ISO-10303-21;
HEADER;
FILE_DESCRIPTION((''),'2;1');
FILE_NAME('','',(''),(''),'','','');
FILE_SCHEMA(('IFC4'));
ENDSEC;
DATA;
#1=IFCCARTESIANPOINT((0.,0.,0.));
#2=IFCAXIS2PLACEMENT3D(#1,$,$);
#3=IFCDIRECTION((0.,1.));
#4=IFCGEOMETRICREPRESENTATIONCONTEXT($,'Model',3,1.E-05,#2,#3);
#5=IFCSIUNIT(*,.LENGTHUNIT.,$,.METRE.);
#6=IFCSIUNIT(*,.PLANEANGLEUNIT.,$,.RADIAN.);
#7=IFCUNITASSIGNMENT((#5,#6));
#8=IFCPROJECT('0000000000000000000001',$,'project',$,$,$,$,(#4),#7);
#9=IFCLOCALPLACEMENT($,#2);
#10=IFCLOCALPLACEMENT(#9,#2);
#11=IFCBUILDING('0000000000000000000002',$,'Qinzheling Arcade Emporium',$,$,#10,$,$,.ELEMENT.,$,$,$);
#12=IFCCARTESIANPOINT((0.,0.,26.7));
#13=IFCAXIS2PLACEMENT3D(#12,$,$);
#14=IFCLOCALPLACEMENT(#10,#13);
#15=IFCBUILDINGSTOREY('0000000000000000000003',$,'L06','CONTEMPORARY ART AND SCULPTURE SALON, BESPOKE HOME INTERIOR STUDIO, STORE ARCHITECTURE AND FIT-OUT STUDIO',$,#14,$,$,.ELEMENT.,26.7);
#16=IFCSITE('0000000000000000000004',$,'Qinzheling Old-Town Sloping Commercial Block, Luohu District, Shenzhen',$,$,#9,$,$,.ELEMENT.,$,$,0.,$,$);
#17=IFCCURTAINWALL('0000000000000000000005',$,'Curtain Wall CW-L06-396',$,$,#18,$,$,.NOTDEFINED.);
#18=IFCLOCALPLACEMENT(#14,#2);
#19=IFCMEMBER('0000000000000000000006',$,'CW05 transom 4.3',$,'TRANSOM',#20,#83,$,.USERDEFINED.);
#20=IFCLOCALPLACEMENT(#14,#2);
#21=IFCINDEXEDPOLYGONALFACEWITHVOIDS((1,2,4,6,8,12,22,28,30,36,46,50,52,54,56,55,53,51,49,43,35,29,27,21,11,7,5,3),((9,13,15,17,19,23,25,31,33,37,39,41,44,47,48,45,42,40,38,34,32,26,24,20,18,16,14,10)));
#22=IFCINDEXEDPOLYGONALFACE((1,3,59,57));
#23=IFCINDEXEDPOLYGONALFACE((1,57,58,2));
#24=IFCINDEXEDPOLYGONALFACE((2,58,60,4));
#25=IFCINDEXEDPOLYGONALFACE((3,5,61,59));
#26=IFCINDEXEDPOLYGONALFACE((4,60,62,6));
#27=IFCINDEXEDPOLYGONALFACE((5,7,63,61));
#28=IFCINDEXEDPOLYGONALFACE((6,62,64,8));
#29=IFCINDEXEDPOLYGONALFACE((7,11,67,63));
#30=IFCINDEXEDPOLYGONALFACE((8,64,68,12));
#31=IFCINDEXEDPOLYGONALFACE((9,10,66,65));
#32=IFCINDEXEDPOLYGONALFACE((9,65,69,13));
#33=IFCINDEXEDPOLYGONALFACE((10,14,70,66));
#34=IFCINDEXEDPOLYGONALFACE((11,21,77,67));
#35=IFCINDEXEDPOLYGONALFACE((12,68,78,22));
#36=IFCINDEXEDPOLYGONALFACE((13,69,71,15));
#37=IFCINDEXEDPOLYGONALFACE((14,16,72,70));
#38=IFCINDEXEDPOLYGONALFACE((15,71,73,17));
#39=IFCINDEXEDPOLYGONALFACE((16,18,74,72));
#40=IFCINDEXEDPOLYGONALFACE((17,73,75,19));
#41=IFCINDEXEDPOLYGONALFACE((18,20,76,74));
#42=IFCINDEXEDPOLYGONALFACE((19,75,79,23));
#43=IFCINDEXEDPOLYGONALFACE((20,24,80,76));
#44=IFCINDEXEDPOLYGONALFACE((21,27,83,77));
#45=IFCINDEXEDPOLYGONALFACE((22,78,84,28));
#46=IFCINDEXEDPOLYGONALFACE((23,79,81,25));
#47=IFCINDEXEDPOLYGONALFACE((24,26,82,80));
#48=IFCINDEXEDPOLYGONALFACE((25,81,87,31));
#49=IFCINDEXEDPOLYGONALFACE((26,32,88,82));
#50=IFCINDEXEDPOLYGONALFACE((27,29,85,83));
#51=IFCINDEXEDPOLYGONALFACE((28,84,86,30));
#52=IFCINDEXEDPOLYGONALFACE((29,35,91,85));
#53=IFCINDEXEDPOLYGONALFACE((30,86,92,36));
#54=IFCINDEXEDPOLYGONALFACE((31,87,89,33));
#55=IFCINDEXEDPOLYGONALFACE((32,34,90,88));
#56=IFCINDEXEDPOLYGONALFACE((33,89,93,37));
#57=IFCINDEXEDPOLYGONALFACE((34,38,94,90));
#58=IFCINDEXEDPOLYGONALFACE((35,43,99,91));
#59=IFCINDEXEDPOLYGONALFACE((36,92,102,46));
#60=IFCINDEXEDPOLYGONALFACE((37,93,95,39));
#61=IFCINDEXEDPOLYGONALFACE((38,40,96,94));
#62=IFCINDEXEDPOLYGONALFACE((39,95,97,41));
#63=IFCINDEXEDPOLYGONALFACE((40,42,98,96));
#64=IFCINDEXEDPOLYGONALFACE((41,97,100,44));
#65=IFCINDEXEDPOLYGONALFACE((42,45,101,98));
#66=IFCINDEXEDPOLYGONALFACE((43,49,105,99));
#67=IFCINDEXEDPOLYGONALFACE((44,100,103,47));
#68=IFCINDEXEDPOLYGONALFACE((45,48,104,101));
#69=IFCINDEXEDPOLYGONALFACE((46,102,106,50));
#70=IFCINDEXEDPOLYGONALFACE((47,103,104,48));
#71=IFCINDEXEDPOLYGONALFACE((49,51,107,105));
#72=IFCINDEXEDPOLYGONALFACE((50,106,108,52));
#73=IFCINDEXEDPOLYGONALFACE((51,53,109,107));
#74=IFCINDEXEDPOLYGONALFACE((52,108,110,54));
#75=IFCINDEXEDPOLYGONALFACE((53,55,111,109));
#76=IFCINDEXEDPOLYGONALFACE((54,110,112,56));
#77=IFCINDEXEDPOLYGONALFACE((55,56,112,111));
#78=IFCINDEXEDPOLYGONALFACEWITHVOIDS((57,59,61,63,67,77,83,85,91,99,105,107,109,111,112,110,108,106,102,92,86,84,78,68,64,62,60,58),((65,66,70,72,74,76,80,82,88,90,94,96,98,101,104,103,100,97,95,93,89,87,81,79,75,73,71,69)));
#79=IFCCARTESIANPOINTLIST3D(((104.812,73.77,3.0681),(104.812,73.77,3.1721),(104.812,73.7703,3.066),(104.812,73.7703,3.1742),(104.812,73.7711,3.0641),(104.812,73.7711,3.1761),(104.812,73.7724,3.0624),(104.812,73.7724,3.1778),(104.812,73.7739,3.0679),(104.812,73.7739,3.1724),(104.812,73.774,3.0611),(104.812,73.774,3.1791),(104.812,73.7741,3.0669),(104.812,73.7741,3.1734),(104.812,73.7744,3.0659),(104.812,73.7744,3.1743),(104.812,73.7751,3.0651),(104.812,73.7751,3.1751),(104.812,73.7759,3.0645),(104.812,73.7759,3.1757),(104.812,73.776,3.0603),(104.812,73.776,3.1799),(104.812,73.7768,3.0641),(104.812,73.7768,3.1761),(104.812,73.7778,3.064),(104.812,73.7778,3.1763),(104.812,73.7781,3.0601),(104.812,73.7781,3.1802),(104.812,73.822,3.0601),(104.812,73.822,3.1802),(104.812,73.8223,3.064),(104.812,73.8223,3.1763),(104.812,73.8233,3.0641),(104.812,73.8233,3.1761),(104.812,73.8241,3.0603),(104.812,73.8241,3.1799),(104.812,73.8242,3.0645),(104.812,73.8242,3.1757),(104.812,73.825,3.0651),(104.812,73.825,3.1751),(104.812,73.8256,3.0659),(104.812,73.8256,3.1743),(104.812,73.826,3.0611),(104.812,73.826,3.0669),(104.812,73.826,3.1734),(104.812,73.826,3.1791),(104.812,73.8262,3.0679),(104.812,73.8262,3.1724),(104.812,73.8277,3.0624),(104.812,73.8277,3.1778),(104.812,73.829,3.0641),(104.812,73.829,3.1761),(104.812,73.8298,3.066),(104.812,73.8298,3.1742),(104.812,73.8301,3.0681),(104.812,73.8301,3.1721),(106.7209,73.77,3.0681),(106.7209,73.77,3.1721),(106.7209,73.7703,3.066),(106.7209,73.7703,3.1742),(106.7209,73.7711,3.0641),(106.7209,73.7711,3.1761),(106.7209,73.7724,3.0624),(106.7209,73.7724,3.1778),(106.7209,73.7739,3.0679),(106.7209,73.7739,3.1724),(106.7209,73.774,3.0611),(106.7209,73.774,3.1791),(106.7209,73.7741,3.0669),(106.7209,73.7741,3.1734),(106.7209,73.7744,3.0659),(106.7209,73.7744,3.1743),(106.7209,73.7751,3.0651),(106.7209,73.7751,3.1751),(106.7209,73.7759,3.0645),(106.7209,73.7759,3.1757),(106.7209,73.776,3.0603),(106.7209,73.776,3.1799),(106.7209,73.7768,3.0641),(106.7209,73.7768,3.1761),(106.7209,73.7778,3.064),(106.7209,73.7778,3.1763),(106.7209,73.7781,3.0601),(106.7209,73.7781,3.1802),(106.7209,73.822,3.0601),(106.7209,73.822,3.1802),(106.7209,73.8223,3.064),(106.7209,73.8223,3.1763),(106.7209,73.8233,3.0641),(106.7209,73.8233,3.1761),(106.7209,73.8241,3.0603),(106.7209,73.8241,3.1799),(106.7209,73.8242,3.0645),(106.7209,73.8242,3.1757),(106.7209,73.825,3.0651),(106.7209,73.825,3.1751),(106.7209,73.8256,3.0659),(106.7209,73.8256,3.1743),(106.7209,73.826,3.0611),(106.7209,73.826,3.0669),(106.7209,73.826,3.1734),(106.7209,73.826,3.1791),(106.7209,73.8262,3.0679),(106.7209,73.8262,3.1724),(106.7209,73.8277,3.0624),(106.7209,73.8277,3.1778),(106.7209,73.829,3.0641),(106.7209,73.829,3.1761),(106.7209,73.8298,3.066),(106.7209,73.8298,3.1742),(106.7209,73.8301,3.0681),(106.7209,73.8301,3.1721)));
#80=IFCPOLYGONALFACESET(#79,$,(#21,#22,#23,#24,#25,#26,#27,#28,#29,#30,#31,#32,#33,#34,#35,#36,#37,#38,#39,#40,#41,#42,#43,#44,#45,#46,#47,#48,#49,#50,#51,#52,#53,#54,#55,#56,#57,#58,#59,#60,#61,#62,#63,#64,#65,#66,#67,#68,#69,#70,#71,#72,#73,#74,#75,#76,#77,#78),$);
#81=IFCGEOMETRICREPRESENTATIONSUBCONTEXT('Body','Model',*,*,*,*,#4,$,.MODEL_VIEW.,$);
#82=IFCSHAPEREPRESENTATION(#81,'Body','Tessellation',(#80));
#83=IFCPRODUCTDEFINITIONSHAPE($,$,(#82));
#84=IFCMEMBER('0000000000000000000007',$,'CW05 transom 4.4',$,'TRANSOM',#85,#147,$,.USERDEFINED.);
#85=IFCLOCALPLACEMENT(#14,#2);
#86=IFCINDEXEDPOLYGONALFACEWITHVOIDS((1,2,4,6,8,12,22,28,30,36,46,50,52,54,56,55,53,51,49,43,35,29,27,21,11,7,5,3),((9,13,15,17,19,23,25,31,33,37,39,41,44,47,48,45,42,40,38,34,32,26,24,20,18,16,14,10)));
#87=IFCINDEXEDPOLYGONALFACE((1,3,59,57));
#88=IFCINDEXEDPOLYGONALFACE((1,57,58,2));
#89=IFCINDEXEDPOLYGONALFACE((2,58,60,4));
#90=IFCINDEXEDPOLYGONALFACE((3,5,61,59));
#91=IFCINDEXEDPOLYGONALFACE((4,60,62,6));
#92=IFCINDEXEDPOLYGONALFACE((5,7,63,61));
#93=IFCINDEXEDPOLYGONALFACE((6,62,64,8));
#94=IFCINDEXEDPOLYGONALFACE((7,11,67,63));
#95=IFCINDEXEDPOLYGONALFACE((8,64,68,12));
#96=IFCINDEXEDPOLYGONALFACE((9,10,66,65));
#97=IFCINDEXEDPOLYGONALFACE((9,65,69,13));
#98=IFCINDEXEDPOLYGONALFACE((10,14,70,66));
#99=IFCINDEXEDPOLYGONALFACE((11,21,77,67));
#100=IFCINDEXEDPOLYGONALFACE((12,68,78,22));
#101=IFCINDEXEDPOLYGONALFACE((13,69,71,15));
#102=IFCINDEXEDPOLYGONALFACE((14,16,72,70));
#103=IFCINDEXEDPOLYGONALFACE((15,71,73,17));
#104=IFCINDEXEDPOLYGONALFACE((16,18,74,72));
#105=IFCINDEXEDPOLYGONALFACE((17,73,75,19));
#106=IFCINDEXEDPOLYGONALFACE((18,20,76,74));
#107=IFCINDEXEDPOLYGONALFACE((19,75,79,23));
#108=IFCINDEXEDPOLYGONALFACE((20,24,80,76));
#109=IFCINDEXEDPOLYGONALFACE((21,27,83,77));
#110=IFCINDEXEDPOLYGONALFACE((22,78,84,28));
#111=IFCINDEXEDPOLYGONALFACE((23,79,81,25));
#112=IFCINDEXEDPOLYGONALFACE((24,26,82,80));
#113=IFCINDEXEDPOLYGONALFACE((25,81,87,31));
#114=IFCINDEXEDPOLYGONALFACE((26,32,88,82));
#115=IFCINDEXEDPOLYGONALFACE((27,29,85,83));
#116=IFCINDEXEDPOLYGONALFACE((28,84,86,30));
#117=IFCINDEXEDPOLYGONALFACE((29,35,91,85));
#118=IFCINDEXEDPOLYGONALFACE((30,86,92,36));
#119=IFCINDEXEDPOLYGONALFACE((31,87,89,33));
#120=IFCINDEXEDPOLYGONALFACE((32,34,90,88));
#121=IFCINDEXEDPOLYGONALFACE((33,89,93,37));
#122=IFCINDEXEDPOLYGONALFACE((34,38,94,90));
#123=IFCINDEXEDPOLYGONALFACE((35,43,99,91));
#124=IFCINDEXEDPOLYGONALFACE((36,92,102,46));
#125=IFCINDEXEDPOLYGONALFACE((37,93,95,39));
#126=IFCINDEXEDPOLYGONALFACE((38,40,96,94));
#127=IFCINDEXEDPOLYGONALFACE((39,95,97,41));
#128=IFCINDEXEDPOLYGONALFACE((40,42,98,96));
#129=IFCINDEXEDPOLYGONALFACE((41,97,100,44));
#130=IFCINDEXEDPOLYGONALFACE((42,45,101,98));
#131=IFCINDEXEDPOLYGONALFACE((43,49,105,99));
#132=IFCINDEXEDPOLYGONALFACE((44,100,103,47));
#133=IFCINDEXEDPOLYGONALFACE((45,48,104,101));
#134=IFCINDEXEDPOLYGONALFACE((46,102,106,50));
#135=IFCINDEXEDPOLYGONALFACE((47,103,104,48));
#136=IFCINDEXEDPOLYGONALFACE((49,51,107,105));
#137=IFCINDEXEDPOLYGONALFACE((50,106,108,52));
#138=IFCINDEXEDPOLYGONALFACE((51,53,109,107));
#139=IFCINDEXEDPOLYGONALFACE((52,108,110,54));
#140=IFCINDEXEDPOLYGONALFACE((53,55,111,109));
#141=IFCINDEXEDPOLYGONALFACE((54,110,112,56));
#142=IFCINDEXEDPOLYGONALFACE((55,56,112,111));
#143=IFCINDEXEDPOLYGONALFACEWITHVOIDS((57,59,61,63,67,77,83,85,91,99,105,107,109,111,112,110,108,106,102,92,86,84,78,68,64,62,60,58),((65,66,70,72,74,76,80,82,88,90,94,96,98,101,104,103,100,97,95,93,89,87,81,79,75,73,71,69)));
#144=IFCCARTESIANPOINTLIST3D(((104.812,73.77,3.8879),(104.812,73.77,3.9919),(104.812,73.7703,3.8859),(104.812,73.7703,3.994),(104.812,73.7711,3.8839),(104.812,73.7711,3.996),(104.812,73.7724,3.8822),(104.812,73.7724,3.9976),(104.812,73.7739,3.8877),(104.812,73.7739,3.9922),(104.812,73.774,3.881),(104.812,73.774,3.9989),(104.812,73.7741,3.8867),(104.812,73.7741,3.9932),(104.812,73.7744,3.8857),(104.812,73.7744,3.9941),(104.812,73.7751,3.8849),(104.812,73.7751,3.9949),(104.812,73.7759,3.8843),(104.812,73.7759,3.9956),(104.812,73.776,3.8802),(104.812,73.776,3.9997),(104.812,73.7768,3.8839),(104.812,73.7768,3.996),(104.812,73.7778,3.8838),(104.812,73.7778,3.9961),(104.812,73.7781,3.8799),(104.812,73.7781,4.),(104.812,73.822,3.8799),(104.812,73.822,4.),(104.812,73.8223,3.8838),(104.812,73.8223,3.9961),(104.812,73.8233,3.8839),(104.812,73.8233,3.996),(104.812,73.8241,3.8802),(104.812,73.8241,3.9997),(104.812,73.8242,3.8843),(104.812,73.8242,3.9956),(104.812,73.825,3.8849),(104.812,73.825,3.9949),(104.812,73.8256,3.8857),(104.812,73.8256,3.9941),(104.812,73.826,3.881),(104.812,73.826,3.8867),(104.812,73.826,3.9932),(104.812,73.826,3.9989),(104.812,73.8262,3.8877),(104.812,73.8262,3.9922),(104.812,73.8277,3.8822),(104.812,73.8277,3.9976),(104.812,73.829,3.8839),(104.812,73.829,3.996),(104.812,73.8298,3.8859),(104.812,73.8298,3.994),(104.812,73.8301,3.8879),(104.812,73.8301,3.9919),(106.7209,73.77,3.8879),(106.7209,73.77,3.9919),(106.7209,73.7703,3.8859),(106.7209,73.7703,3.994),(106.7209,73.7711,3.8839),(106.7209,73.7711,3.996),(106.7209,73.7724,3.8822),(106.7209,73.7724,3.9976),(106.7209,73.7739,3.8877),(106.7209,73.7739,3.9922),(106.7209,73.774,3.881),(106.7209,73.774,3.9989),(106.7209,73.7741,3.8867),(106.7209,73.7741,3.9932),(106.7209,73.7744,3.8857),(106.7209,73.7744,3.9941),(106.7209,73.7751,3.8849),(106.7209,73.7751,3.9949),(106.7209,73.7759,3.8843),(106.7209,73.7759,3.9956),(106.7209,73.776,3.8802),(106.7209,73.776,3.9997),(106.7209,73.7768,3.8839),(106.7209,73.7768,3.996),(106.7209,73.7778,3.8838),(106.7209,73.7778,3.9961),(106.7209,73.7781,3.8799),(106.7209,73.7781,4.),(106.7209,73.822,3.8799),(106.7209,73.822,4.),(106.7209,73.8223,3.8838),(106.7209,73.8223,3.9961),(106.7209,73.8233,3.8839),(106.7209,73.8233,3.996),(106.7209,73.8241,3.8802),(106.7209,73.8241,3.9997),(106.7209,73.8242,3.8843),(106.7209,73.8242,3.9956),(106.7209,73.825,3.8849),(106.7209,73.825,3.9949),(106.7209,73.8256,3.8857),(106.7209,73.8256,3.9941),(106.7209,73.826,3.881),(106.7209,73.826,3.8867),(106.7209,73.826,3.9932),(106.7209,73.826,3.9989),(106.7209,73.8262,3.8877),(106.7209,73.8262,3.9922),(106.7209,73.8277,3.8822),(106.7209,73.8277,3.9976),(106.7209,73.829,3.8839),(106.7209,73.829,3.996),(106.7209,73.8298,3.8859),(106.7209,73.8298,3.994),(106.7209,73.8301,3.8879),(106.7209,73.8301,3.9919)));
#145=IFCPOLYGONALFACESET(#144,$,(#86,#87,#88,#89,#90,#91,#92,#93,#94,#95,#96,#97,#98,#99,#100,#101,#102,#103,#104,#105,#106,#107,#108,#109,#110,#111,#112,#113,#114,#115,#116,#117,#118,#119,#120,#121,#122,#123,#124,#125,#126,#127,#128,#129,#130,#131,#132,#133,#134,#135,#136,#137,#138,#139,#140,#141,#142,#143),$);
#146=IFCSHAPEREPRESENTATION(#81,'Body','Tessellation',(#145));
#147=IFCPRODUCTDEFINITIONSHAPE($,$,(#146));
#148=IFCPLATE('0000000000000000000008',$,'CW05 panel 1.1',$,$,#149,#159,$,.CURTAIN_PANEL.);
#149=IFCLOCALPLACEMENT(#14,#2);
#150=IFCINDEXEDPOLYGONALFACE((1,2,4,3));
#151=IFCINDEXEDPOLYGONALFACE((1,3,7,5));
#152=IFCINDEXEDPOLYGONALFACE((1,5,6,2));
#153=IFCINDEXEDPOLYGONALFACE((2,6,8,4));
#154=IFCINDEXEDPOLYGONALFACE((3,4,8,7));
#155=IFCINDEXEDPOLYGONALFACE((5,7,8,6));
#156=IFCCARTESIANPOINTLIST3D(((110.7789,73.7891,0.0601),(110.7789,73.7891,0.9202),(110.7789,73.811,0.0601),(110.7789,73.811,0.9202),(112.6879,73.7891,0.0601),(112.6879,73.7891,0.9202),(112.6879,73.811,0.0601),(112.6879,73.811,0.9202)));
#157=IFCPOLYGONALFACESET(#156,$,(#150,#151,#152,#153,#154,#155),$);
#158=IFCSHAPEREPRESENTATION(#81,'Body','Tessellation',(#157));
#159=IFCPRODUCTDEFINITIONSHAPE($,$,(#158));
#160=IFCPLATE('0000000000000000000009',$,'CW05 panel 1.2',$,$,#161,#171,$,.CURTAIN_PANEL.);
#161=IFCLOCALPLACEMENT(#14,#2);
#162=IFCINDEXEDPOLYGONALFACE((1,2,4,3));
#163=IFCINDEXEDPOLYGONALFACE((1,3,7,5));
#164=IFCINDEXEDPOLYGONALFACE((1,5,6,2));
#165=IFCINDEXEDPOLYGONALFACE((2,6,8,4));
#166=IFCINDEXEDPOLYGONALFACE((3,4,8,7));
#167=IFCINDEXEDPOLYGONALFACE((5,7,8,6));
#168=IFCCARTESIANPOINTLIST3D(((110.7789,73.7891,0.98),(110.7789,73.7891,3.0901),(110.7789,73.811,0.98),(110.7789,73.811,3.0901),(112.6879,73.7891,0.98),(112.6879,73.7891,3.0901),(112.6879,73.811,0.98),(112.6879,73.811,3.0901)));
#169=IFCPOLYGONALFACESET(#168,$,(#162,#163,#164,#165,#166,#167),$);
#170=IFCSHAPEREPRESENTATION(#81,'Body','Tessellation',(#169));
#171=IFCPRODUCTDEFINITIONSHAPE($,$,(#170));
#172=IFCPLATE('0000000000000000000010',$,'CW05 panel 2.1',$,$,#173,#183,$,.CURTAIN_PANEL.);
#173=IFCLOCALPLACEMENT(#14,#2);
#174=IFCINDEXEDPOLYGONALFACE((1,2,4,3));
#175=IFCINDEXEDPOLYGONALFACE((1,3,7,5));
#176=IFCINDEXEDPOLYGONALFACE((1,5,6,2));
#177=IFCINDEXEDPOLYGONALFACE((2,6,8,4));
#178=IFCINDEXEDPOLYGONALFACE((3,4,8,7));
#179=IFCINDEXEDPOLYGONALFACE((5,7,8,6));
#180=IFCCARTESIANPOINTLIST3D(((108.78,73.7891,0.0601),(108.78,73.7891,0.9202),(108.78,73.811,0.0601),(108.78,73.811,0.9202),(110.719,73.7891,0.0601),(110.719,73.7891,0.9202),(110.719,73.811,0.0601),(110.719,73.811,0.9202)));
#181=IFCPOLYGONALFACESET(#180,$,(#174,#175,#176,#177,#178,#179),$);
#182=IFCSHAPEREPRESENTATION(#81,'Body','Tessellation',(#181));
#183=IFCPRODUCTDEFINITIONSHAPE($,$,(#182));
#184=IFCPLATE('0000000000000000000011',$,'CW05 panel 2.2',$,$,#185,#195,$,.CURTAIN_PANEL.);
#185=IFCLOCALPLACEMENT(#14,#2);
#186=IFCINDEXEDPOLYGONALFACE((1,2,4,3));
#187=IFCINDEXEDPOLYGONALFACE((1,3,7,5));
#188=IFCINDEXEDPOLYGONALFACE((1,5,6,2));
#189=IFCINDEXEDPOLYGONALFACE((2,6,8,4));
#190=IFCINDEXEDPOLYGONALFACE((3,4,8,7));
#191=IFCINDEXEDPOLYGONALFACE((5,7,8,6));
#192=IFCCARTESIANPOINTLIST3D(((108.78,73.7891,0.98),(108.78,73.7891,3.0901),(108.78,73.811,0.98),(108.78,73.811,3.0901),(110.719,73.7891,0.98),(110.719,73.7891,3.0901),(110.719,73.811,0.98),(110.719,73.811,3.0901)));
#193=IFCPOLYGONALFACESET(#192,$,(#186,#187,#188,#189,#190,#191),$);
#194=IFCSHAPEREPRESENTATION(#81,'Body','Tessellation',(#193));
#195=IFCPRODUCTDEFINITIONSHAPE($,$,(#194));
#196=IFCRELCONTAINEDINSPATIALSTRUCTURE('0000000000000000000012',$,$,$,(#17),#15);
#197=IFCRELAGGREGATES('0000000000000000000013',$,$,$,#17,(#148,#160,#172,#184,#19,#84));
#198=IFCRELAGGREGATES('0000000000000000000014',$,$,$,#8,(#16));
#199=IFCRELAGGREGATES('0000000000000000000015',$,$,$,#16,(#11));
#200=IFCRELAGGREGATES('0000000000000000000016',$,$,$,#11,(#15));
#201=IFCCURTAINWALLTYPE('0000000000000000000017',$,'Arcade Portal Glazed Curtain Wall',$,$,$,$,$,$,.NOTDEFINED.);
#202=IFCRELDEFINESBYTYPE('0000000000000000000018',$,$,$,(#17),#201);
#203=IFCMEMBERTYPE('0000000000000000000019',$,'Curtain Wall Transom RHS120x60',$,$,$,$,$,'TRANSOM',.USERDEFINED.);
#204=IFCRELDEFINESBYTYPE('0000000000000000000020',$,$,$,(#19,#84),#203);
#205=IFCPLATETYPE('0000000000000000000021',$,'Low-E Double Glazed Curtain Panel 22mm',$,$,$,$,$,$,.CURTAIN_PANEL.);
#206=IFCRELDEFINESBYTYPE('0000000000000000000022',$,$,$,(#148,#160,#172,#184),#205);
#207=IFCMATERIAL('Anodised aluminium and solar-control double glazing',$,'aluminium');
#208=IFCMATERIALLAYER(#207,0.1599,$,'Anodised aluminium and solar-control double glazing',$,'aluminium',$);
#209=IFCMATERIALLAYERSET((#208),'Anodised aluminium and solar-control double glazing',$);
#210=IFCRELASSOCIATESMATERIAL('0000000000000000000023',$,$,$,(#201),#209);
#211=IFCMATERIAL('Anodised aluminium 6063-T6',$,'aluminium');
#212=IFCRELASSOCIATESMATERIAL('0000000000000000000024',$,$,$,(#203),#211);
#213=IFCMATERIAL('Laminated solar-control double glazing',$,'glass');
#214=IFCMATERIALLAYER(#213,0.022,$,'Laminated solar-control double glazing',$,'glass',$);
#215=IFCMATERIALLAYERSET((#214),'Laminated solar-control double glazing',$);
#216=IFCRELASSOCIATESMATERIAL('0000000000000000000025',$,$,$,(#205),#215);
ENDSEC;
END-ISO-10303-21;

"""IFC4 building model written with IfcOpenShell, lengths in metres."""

from ifc_helpers import new_model, si_unit, direction, frame, origin, origin_2d, place, context, subcontext, project, spatial, rectangle, hollow_rectangle, extrude, material, layer, layer_set, material_profile, profile_set, type_object, element, aggregate, save


model = new_model("IFC4")

# Units and contexts
model_context = context("Model", 3, precision=1e-05, world=origin(), true_north=direction((0.0, 1.0)))
body_context = subcontext(model_context, "Body", "Model", "MODEL_VIEW")
ifc_project = project(units=[si_unit("LENGTHUNIT", "METRE"), si_unit("PLANEANGLEUNIT", "RADIAN")], contexts=[model_context])

# Site, building, storey
site_placement = place(None, origin())
site = spatial("IfcSite", under=ifc_project, at=site_placement, Name="Qinzheling Old-Town Sloping Commercial Block, Luohu District, Shenzhen", CompositionType="ELEMENT", RefElevation=0.0)
building_placement = place(site_placement, origin())
building = spatial("IfcBuilding", under=site, at=building_placement, Name="Qinzheling Arcade Emporium", CompositionType="ELEMENT")
storey_placement = place(building_placement, frame((0.0, 0.0, 26.7)))
storey = spatial("IfcBuildingStorey", under=building, at=storey_placement, Name="L06", Description="CONTEMPORARY ART AND SCULPTURE SALON, BESPOKE HOME INTERIOR STUDIO, STORE ARCHITECTURE AND FIT-OUT STUDIO", CompositionType="ELEMENT", Elevation=26.7)

# Curtain wall, members, plates
ifc_material_1 = material(Name="Anodised aluminium and solar-control double glazing", Category="aluminium")
ifc_layer_1 = layer(ifc_material_1, 0.1599, Name="Anodised aluminium and solar-control double glazing", Category="aluminium")
ifc_layer_set_1 = layer_set([ifc_layer_1], Name="Anodised aluminium and solar-control double glazing")
curtain_wall_type = type_object("IfcCurtainWallType", Name="Arcade Portal Glazed Curtain Wall", PredefinedType="NOTDEFINED", material=ifc_layer_set_1)
curtain_wall_placement = place(storey_placement, origin())
curtain_wall = element("IfcCurtainWall", 1, at=curtain_wall_placement, inside=storey, type_object=curtain_wall_type, Name="Curtain Wall CW-L06-396", PredefinedType="NOTDEFINED")
ifc_material_2 = material(Name="Anodised aluminium 6063-T6", Category="aluminium")
ifc_material_profile_1 = material_profile(ifc_material_2, hollow_rectangle(XDim=0.0601, YDim=0.1201, WallThickness=0.0039, InnerFilletRadius=0.0039, OuterFilletRadius=0.0081, at=origin_2d()), Name="RHS 120x60x4", Category="aluminium")
ifc_profile_set_1 = profile_set([ifc_material_profile_1], Name="Anodised aluminium 6063-T6")
member_type_1 = type_object("IfcMemberType", Name="Curtain Wall Transom RHS120x60", ElementType="TRANSOM", PredefinedType="USERDEFINED", material=ifc_profile_set_1)
member_1_placement = place(storey_placement, frame((106.7209, 73.8, 3.1201), z_axis=(-1.0, 0.0, 0.0), x_axis=(0.0, -1.0, 0.0)))
member_1 = element("IfcMember", 2, at=member_1_placement, type_object=member_type_1, Name="CW05 transom 4.3", ObjectType="TRANSOM", PredefinedType="USERDEFINED", context=body_context, shape_type="SweptSolid", body=[
    extrude(hollow_rectangle(XDim=0.0601, YDim=0.1201, WallThickness=0.0039, InnerFilletRadius=0.0039, OuterFilletRadius=0.0081, at=origin_2d()), origin(), (0.0, 0.0, 1.0), 1.9089),
])
member_2_placement = place(storey_placement, frame((106.7209, 73.8, 3.9399), z_axis=(-1.0, 0.0, 0.0), x_axis=(0.0, -1.0, 0.0)))
member_2 = element("IfcMember", 3, at=member_2_placement, type_object=member_type_1, Name="CW05 transom 4.4", ObjectType="TRANSOM", PredefinedType="USERDEFINED", context=body_context, shape_type="SweptSolid", body=[
    extrude(hollow_rectangle(XDim=0.0601, YDim=0.1201, WallThickness=0.0039, InnerFilletRadius=0.0039, OuterFilletRadius=0.0081, at=origin_2d()), origin(), (0.0, 0.0, 1.0), 1.9089),
])
ifc_material_3 = material(Name="Laminated solar-control double glazing", Category="glass")
ifc_layer_2 = layer(ifc_material_3, 0.022, Name="Laminated solar-control double glazing", Category="glass")
ifc_layer_set_2 = layer_set([ifc_layer_2], Name="Laminated solar-control double glazing")
plate_type = type_object("IfcPlateType", Name="Low-E Double Glazed Curtain Panel 22mm", PredefinedType="CURTAIN_PANEL", material=ifc_layer_set_2)
plate_1_placement = place(storey_placement, frame((111.7334, 73.8, 0.0601), z_axis=(0.0, 0.0, 1.0), x_axis=(-1.0, 0.0, 0.0)))
plate_1 = element("IfcPlate", 4, at=plate_1_placement, type_object=plate_type, Name="CW05 panel 1.1", PredefinedType="CURTAIN_PANEL", context=body_context, shape_type="SweptSolid", body=[
    extrude(rectangle(XDim=1.9089, YDim=0.022, at=origin_2d()), origin(), (0.0, 0.0, 1.0), 0.8601),
])
plate_2_placement = place(storey_placement, frame((111.7334, 73.8, 0.98), z_axis=(0.0, 0.0, 1.0), x_axis=(-1.0, 0.0, 0.0)))
plate_2 = element("IfcPlate", 5, at=plate_2_placement, type_object=plate_type, Name="CW05 panel 1.2", PredefinedType="CURTAIN_PANEL", context=body_context, shape_type="SweptSolid", body=[
    extrude(rectangle(XDim=1.9089, YDim=0.022, at=origin_2d()), origin(), (0.0, 0.0, 1.0), 2.1101),
])
plate_3_placement = place(storey_placement, frame((109.7495, 73.8, 0.0601), z_axis=(0.0, 0.0, 1.0), x_axis=(-1.0, 0.0, 0.0)))
plate_3 = element("IfcPlate", 6, at=plate_3_placement, type_object=plate_type, Name="CW05 panel 2.1", PredefinedType="CURTAIN_PANEL", context=body_context, shape_type="SweptSolid", body=[
    extrude(rectangle(XDim=1.939, YDim=0.022, at=origin_2d()), origin(), (0.0, 0.0, 1.0), 0.8601),
])
plate_4_placement = place(storey_placement, frame((109.7495, 73.8, 0.98), z_axis=(0.0, 0.0, 1.0), x_axis=(-1.0, 0.0, 0.0)))
plate_4 = element("IfcPlate", 7, at=plate_4_placement, type_object=plate_type, Name="CW05 panel 2.2", PredefinedType="CURTAIN_PANEL", context=body_context, shape_type="SweptSolid", body=[
    extrude(rectangle(XDim=1.939, YDim=0.022, at=origin_2d()), origin(), (0.0, 0.0, 1.0), 2.1101),
])
aggregate(curtain_wall, [plate_1, plate_2, plate_3, plate_4, member_1, member_2])

save(model, "model.ifc")
